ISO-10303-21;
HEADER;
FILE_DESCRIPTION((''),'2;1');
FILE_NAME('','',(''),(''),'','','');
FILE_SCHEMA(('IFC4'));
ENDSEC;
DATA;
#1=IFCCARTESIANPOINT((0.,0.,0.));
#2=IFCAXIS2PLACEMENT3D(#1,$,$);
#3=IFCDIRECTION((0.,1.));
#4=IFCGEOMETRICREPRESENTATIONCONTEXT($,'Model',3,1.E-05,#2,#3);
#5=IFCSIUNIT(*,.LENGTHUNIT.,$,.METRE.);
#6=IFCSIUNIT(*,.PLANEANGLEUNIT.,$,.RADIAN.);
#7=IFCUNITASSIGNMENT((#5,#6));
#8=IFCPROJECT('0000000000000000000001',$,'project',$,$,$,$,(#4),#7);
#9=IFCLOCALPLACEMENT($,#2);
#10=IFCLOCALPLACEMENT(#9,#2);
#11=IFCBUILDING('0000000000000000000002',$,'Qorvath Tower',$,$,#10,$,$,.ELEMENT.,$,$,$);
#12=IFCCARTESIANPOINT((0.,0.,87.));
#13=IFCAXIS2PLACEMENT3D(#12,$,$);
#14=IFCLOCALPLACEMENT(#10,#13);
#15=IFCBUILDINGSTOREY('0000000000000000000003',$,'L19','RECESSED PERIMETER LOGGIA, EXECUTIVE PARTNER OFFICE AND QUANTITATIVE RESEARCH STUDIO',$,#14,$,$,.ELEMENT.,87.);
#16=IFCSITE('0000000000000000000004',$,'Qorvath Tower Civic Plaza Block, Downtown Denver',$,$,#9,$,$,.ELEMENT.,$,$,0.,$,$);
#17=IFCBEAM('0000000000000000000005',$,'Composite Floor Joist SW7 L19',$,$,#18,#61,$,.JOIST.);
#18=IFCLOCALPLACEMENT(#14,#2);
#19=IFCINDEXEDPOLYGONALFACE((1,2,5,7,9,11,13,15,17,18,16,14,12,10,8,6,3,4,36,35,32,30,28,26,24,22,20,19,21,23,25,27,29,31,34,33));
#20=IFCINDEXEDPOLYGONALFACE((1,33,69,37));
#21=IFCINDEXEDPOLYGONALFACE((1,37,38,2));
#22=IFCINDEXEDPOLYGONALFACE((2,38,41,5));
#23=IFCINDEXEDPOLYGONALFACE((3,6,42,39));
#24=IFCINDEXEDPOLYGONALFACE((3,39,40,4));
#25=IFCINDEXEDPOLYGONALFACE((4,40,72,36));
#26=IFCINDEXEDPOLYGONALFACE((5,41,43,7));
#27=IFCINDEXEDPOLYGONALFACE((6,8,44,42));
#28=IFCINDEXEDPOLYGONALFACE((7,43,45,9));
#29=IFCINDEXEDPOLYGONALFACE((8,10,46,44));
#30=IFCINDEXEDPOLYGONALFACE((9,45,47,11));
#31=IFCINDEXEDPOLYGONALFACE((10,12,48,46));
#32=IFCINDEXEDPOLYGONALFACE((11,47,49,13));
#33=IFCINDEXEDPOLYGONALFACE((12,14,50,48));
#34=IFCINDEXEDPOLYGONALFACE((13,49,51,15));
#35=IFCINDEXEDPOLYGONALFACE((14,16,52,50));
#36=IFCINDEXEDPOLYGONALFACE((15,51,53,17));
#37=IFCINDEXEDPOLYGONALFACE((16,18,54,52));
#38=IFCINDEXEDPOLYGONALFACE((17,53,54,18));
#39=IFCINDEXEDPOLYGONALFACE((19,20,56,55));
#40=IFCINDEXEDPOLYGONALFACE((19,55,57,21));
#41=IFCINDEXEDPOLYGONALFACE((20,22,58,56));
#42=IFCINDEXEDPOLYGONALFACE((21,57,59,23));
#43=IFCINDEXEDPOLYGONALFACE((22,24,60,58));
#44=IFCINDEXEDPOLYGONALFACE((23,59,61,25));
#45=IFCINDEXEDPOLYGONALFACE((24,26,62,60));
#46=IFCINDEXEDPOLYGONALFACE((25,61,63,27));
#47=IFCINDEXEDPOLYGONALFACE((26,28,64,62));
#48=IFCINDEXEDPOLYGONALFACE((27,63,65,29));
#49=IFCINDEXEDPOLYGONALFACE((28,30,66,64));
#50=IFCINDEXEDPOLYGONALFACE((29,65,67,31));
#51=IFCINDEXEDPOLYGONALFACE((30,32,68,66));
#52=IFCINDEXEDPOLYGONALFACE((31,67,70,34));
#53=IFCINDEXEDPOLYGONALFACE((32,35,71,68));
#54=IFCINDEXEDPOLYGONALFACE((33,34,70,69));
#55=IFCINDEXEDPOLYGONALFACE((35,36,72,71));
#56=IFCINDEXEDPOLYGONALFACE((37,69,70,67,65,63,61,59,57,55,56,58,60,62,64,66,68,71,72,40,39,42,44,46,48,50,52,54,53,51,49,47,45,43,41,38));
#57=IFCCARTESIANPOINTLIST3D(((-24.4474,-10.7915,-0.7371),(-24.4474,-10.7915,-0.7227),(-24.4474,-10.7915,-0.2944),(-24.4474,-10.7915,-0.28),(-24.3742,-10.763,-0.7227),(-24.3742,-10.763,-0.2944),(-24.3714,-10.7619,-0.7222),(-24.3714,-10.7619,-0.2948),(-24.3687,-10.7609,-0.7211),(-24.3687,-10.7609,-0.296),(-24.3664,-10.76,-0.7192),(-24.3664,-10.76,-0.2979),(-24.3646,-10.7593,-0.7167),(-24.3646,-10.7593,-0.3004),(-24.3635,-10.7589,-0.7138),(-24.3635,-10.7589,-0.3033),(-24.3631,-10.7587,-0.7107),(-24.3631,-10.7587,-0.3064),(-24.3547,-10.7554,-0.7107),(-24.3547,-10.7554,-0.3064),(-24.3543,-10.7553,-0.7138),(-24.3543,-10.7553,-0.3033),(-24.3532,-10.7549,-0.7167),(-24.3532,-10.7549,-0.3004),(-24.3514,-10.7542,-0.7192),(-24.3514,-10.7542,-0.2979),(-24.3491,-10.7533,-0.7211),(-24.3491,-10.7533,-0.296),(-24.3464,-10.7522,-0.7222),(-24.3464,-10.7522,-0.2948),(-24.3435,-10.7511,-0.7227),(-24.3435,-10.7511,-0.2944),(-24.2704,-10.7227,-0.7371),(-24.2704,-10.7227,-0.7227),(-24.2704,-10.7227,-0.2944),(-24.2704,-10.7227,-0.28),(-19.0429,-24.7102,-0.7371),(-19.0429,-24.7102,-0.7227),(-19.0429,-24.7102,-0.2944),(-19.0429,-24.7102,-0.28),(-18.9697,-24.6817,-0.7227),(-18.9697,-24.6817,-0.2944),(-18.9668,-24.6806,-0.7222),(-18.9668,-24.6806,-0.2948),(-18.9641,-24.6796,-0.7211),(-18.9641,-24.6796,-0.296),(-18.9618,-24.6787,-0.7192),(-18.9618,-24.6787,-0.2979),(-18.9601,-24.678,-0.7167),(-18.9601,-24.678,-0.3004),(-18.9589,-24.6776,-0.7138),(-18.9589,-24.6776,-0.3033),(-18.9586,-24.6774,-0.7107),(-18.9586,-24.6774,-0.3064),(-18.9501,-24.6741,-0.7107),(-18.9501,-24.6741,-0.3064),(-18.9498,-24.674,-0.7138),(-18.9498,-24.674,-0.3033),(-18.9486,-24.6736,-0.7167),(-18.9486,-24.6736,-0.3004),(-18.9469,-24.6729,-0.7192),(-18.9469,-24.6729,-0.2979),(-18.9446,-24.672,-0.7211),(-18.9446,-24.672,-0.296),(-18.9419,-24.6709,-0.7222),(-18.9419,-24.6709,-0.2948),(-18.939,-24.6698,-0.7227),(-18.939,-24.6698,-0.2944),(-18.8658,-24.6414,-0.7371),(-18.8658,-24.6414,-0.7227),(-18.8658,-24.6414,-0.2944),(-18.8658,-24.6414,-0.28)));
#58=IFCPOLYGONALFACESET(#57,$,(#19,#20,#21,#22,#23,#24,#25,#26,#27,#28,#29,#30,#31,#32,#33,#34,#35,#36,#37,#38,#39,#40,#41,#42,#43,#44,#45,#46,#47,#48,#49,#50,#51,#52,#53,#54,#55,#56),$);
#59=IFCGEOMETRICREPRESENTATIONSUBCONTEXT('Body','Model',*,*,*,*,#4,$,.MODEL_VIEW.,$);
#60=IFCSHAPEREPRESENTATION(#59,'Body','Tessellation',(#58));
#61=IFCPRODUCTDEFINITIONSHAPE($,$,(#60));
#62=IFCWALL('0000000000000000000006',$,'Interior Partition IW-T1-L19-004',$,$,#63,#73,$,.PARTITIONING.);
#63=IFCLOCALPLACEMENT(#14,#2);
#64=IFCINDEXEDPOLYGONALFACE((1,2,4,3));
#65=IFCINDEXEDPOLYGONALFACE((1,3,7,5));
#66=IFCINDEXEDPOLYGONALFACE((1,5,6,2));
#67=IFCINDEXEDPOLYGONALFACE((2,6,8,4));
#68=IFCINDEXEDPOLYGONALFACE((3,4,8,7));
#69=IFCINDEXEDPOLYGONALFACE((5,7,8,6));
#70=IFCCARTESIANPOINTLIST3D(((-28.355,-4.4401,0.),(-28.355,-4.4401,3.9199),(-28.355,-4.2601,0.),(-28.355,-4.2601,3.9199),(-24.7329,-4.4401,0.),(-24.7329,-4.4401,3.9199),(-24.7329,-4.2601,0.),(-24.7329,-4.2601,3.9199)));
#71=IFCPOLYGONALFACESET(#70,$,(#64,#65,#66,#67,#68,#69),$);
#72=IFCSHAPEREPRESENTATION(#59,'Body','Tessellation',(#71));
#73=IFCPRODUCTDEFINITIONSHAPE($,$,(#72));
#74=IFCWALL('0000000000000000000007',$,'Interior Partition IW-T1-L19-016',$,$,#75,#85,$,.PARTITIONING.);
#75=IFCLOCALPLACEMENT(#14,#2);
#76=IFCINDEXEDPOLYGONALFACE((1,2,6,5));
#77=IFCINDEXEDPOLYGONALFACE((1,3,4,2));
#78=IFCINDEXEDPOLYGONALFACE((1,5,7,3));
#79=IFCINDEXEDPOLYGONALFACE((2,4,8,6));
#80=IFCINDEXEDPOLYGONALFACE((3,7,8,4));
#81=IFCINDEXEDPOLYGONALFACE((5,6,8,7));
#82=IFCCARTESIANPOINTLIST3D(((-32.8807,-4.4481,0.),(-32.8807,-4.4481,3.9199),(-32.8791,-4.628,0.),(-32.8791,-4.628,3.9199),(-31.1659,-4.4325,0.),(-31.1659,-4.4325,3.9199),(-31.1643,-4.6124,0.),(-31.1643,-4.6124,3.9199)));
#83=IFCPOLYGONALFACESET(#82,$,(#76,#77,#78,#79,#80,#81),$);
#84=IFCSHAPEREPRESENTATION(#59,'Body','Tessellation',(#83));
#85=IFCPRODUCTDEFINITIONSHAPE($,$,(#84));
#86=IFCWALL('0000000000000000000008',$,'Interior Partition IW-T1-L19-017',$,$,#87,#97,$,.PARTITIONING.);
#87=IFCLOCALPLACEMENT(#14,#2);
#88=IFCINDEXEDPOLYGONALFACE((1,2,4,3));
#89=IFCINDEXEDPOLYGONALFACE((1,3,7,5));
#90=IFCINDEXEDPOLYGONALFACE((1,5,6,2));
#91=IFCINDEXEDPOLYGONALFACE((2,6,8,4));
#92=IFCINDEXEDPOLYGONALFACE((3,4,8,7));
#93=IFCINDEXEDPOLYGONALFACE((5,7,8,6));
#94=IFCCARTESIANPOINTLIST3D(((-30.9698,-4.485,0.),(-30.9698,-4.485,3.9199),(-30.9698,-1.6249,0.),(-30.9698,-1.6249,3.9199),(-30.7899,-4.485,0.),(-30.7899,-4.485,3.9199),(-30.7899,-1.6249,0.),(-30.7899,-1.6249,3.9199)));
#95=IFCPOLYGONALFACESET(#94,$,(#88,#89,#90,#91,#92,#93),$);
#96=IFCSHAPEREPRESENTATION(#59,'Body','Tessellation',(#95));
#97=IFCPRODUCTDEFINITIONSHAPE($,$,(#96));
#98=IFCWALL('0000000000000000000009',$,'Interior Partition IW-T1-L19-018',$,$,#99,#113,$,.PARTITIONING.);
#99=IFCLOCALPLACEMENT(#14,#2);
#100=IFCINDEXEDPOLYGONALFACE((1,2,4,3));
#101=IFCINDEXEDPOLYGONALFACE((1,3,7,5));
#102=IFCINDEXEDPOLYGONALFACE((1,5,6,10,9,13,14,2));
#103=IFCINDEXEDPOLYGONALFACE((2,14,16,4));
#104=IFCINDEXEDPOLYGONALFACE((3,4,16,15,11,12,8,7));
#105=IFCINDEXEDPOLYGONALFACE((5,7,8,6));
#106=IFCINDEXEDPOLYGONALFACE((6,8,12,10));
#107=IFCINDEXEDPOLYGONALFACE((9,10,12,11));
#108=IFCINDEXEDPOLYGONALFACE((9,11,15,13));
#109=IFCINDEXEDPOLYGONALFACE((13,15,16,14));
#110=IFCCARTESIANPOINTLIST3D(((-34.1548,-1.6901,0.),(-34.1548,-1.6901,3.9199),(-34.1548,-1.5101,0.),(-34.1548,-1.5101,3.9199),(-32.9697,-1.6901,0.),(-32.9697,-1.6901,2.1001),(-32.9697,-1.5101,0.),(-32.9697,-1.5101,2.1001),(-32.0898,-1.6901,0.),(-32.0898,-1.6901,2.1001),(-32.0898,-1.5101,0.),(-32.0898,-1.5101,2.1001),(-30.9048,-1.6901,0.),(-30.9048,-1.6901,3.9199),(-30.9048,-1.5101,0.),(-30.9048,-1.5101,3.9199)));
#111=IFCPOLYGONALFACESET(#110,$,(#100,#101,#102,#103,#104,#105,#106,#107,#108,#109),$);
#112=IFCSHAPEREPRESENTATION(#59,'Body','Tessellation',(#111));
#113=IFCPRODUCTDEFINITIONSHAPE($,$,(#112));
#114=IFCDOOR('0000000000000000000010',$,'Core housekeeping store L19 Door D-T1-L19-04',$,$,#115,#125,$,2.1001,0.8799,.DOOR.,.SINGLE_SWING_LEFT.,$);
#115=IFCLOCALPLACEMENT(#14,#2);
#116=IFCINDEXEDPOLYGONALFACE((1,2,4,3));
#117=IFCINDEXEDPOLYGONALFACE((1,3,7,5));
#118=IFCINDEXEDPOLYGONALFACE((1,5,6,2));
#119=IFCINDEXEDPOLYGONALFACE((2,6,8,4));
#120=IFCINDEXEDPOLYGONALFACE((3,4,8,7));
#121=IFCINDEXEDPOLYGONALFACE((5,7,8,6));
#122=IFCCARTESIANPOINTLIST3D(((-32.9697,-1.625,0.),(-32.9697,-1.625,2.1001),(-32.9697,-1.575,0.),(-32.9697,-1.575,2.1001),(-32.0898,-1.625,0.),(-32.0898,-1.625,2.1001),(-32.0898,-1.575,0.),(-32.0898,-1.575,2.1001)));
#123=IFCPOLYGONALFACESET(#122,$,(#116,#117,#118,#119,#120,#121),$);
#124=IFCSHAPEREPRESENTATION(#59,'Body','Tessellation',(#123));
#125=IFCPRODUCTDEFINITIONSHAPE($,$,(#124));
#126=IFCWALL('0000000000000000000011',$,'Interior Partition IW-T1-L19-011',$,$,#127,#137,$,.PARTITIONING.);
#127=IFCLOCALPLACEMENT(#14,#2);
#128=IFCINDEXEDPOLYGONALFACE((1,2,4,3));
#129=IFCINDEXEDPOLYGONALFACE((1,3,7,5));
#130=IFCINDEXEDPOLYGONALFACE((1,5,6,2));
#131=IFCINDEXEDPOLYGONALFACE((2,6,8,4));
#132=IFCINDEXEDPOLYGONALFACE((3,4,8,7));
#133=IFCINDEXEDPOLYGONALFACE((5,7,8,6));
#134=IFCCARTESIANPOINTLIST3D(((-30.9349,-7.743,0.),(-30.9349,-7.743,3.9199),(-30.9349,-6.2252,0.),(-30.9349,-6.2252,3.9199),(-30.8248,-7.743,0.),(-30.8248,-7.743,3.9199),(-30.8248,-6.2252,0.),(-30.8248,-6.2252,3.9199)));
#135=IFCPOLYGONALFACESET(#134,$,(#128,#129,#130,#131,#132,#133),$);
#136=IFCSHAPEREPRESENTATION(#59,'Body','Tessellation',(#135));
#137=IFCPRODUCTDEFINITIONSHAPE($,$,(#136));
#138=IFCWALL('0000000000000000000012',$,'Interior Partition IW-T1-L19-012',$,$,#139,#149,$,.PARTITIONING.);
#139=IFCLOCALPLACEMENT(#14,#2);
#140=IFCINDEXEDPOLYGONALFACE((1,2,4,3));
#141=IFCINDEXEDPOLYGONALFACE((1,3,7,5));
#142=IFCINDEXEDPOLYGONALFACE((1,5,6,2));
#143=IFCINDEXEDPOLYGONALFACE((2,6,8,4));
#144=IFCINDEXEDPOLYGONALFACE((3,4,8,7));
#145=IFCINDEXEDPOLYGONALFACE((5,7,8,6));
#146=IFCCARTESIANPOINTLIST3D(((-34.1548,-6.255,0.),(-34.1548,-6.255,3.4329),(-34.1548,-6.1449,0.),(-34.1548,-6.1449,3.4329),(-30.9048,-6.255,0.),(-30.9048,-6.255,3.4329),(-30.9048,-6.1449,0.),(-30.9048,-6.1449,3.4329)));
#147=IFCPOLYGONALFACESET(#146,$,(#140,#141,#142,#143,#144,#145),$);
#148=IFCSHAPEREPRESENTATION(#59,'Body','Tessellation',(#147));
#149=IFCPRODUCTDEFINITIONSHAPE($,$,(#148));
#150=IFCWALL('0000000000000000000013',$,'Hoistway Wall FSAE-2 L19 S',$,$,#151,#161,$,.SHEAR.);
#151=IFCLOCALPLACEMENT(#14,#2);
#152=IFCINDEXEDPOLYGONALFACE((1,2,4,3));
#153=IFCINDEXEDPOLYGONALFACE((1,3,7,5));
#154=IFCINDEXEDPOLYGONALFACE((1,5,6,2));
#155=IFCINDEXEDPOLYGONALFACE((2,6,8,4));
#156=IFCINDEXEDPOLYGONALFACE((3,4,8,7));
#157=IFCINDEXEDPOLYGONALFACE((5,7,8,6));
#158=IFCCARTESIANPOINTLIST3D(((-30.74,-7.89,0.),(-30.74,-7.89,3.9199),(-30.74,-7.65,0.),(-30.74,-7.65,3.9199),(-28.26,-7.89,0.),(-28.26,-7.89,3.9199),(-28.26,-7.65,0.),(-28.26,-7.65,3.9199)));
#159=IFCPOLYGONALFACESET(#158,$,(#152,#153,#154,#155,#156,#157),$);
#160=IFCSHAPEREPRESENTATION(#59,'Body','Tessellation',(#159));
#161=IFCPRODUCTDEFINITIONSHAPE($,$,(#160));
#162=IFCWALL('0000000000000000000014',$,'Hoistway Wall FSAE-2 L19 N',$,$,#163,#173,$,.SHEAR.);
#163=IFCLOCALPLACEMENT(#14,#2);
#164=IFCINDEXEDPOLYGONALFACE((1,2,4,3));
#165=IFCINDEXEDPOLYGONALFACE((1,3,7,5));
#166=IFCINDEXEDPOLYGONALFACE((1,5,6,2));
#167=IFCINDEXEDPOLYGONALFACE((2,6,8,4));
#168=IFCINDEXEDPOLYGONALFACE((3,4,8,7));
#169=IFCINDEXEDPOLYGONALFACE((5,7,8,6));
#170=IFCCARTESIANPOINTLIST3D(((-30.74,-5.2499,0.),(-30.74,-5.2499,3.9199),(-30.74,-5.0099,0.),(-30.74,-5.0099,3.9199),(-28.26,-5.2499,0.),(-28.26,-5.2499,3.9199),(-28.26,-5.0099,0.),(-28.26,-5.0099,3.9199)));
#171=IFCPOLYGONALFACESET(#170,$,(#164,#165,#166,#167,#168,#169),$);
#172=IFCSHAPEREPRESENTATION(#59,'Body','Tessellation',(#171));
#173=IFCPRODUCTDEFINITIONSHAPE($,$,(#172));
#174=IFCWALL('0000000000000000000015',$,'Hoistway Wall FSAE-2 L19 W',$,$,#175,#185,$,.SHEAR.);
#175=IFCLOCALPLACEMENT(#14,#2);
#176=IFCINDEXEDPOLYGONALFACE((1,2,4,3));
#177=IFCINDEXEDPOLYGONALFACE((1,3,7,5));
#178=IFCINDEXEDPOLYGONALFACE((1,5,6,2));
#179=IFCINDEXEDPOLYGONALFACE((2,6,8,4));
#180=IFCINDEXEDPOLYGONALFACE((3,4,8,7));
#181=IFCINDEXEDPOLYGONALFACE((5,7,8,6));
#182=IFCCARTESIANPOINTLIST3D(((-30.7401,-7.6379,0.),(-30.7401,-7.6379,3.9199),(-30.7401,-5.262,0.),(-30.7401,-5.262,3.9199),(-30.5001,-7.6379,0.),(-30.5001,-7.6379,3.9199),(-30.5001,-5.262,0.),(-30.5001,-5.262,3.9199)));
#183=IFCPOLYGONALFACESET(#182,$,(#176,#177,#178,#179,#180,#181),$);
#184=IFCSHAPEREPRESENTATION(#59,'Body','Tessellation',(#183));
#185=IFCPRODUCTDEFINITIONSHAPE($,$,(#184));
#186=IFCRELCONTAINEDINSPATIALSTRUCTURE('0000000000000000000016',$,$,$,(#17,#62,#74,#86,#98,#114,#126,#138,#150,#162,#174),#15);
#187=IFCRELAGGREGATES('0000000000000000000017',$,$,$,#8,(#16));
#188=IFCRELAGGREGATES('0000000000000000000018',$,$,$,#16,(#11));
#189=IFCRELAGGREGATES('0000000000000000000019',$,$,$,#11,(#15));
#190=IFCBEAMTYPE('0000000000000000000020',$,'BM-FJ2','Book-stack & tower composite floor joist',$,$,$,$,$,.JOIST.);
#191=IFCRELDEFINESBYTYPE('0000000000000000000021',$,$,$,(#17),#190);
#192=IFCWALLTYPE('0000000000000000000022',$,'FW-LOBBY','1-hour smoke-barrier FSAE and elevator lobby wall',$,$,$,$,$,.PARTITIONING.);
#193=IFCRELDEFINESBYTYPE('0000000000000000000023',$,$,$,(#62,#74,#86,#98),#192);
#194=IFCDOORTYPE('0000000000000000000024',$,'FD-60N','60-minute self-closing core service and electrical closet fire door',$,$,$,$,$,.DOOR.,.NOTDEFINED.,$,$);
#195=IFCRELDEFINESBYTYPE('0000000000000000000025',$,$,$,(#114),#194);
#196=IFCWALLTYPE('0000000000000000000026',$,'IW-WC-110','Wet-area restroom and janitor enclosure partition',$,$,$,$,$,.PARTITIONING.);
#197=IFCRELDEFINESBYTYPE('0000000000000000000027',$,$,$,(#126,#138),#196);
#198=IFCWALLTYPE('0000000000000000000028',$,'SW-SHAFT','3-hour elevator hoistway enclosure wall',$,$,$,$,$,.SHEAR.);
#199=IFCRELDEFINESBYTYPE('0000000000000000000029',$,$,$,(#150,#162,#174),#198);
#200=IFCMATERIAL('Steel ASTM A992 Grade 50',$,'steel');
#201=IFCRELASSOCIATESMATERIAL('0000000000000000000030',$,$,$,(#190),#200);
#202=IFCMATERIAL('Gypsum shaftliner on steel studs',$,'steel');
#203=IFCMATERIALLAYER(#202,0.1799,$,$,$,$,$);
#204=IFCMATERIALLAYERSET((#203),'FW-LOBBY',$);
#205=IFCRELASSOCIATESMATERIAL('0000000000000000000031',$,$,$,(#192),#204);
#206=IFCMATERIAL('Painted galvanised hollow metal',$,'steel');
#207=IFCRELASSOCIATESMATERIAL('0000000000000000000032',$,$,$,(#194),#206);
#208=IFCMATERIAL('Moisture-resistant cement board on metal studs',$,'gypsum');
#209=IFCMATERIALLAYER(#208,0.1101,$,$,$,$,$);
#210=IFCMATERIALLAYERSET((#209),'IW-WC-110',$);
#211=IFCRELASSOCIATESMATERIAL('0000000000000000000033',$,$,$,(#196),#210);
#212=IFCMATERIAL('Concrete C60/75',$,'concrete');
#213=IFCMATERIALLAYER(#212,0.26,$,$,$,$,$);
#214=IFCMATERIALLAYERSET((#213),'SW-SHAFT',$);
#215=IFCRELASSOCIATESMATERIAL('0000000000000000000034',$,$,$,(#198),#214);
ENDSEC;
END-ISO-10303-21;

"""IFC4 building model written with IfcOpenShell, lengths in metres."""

from ifc_helpers import new_model, si_unit, direction, frame, frame_2d, origin, origin_2d, place, context, subcontext, project, spatial, rectangle, i_section, extrude, material, layer, layer_set, material_profile, profile_set, type_object, element, fill, save


model = new_model("IFC4")

# Units and contexts
model_context = context("Model", 3, precision=1e-05, world=origin(), true_north=direction((0.0, 1.0)))
body_context = subcontext(model_context, "Body", "Model", "MODEL_VIEW")
ifc_project = project(units=[si_unit("LENGTHUNIT", "METRE"), si_unit("PLANEANGLEUNIT", "RADIAN")], contexts=[model_context])

# Site, building, storey
site_placement = place(None, origin())
site = spatial("IfcSite", under=ifc_project, at=site_placement, Name="Qorvath Tower Civic Plaza Block, Downtown Denver", CompositionType="ELEMENT", RefElevation=0.0)
building_placement = place(site_placement, origin())
building = spatial("IfcBuilding", under=site, at=building_placement, Name="Qorvath Tower", CompositionType="ELEMENT")
storey_placement = place(building_placement, frame((0.0, 0.0, 87.0)))
storey = spatial("IfcBuildingStorey", under=building, at=storey_placement, Name="L19", Description="RECESSED PERIMETER LOGGIA, EXECUTIVE PARTNER OFFICE AND QUANTITATIVE RESEARCH STUDIO", CompositionType="ELEMENT", Elevation=87.0)

# Beam
ifc_material_1 = material(Name="Steel ASTM A992 Grade 50", Category="steel")
ifc_material_profile_1 = material_profile(ifc_material_1, i_section(OverallWidth=0.1899, OverallDepth=0.457, WebThickness=0.009, FlangeThickness=0.0144, FilletRadius=0.012, at=origin_2d()), Name="W18x50")
ifc_profile_set_1 = profile_set([ifc_material_profile_1], Name="Steel ASTM A992 Grade 50")
beam_type_1 = type_object("IfcBeamType", Name="BM-FJ2", Description="Book-stack & tower composite floor joist", PredefinedType="JOIST", material=ifc_profile_set_1)
beam_1_placement = place(storey_placement, frame((-24.3589, -10.7571, -0.5085), z_axis=(0.361964, -0.932192, 0.0), x_axis=(0.932192, 0.361964, 0.0)))
element("IfcBeam", 1, at=beam_1_placement, inside=storey, type_object=beam_type_1, Name="Composite Floor Joist SW7 L19", PredefinedType="JOIST", context=body_context, shape_type="SweptSolid", body=[
    extrude(i_section(OverallWidth=0.1899, OverallDepth=0.457, WebThickness=0.009, FlangeThickness=0.0144, FilletRadius=0.012, at=origin_2d()), origin(), (0.0, 0.0, 1.0), 14.9312),
])

# Shared definitions
ifc_material_2 = material(Name="Gypsum shaftliner on steel studs", Category="steel")
ifc_layer_1 = layer(ifc_material_2, 0.1799)
ifc_layer_set_1 = layer_set([ifc_layer_1], Name="FW-LOBBY")
wall_type_1 = type_object("IfcWallType", Name="FW-LOBBY", Description="1-hour smoke-barrier FSAE and elevator lobby wall", PredefinedType="PARTITIONING", material=ifc_layer_set_1)

# Walls
wall_1_placement = place(storey_placement, frame((-24.7329, -4.3501, 0.0), z_axis=(0.0, 0.0, 1.0), x_axis=(-1.0, 0.0, 0.0)))
element("IfcWall", 2, at=wall_1_placement, inside=storey, type_object=wall_type_1, Name="Interior Partition IW-T1-L19-004", PredefinedType="PARTITIONING", context=body_context, shape_type="SweptSolid", body=[
    extrude(rectangle(XDim=3.6221, YDim=0.1799, at=frame_2d((1.811, 0.0))), origin(), (0.0, 0.0, 1.0), 3.9199),
])
wall_2_placement = place(storey_placement, frame((-32.8799, -4.5381, 0.0), z_axis=(0.0, 0.0, 1.0), x_axis=(0.999958, 0.009111, 0.0)))
element("IfcWall", 3, at=wall_2_placement, inside=storey, type_object=wall_type_1, Name="Interior Partition IW-T1-L19-016", PredefinedType="PARTITIONING", context=body_context, shape_type="SweptSolid", body=[
    extrude(rectangle(XDim=1.7148, YDim=0.1799, at=frame_2d((0.8574, 0.0))), origin(), (0.0, 0.0, 1.0), 3.9199),
])
wall_3_placement = place(storey_placement, frame((-30.8799, -4.4851, 0.0), z_axis=(0.0, 0.0, 1.0), x_axis=(0.0, 1.0, 0.0)))
element("IfcWall", 4, at=wall_3_placement, inside=storey, type_object=wall_type_1, Name="Interior Partition IW-T1-L19-017", PredefinedType="PARTITIONING", context=body_context, shape_type="SweptSolid", body=[
    extrude(rectangle(XDim=2.8601, YDim=0.1799, at=frame_2d((1.4302, 0.0))), origin(), (0.0, 0.0, 1.0), 3.9199),
])

# Wall, opening, door
wall_4_placement = place(storey_placement, frame((-30.9048, -1.6001, 0.0), z_axis=(0.0, 0.0, 1.0), x_axis=(-1.0, 0.0, 0.0)))
wall_4 = element("IfcWall", 5, at=wall_4_placement, inside=storey, type_object=wall_type_1, Name="Interior Partition IW-T1-L19-018", PredefinedType="PARTITIONING", context=body_context, shape_type="SweptSolid", body=[
    extrude(rectangle(XDim=3.25, YDim=0.1799, at=frame_2d((1.625, 0.0))), origin(), (0.0, 0.0, 1.0), 3.9199),
])
opening_1_placement = place(wall_4_placement, frame((1.1851, 0.0, 0.0)))
opening_1 = element("IfcOpeningElement", 6, at=opening_1_placement, cuts=wall_4, PredefinedType="OPENING", context=body_context, shape_type="SweptSolid", body=[
    extrude(rectangle(XDim=0.8799, YDim=2.1001, at=frame_2d((0.4399, 1.05))), frame((0.0, 0.1001, 0.0), z_axis=(0.0, -1.0, 0.0), x_axis=(1.0, 0.0, 0.0)), (0.0, 0.0, 1.0), 0.2),
])
ifc_material_3 = material(Name="Painted galvanised hollow metal", Category="steel")
door_type_1 = type_object("IfcDoorType", Name="FD-60N", Description="60-minute self-closing core service and electrical closet fire door", OperationType="NOTDEFINED", PredefinedType="DOOR", material=ifc_material_3)
door_1_placement = place(opening_1_placement, origin())
door_1 = element("IfcDoor", 7, at=door_1_placement, inside=storey, type_object=door_type_1, Name="Core housekeeping store L19 Door D-T1-L19-04", OperationType="SINGLE_SWING_LEFT", OverallHeight=2.1001, OverallWidth=0.8799, PredefinedType="DOOR", context=body_context, shape_type="SweptSolid", body=[
    extrude(rectangle(XDim=0.8799, YDim=2.1001, at=frame_2d((0.4399, 1.05))), frame((0.0, 0.0249, 0.0), z_axis=(0.0, -1.0, 0.0), x_axis=(1.0, 0.0, 0.0)), (0.0, 0.0, 1.0), 0.05),
])
fill(opening_1, door_1)

# Walls
ifc_material_4 = material(Name="Moisture-resistant cement board on metal studs", Category="gypsum")
ifc_layer_2 = layer(ifc_material_4, 0.1101)
ifc_layer_set_2 = layer_set([ifc_layer_2], Name="IW-WC-110")
wall_type_2 = type_object("IfcWallType", Name="IW-WC-110", Description="Wet-area restroom and janitor enclosure partition", PredefinedType="PARTITIONING", material=ifc_layer_set_2)
wall_5_placement = place(storey_placement, frame((-30.8799, -7.7429, 0.0), z_axis=(0.0, 0.0, 1.0), x_axis=(0.0, 1.0, 0.0)))
element("IfcWall", 8, at=wall_5_placement, inside=storey, type_object=wall_type_2, Name="Interior Partition IW-T1-L19-011", PredefinedType="PARTITIONING", context=body_context, shape_type="SweptSolid", body=[
    extrude(rectangle(XDim=1.5178, YDim=0.1101, at=frame_2d((0.7588, 0.0))), origin(), (0.0, 0.0, 1.0), 3.9199),
])
wall_6_placement = place(storey_placement, frame((-30.9048, -6.2, 0.0), z_axis=(0.0, 0.0, 1.0), x_axis=(-1.0, 0.0, 0.0)))
element("IfcWall", 9, at=wall_6_placement, inside=storey, type_object=wall_type_2, Name="Interior Partition IW-T1-L19-012", PredefinedType="PARTITIONING", context=body_context, shape_type="SweptSolid", body=[
    extrude(rectangle(XDim=3.25, YDim=0.1101, at=frame_2d((1.625, 0.0))), origin(), (0.0, 0.0, 1.0), 3.4329),
])
ifc_material_5 = material(Name="Concrete C60/75", Category="concrete")
ifc_layer_3 = layer(ifc_material_5, 0.26)
ifc_layer_set_3 = layer_set([ifc_layer_3], Name="SW-SHAFT")
wall_type_3 = type_object("IfcWallType", Name="SW-SHAFT", Description="3-hour elevator hoistway enclosure wall", PredefinedType="SHEAR", material=ifc_layer_set_3)
for number, where, z_axis, x_axis, name in (
    (10, (-28.26, -7.77, 0.0), (0.0, 0.0, 1.0), (-1.0, 0.0, 0.0), "Hoistway Wall FSAE-2 L19 S"),
    (11, (-30.74, -5.1299, 0.0), (0.0, 0.0, 1.0), (1.0, 0.0, 0.0), "Hoistway Wall FSAE-2 L19 N"),
):
    element("IfcWall", number, at=place(storey_placement, frame(where, z_axis=z_axis, x_axis=x_axis)), inside=storey, type_object=wall_type_3, Name=name, PredefinedType="SHEAR", context=body_context, shape_type="SweptSolid", body=[
        extrude(rectangle(XDim=2.48, YDim=0.24, at=frame_2d((1.24, 0.0))), origin(), (0.0, 0.0, 1.0), 3.9199),
    ])
wall_7_placement = place(storey_placement, frame((-30.6201, -7.6379, 0.0), z_axis=(0.0, 0.0, 1.0), x_axis=(0.0, 1.0, 0.0)))
element("IfcWall", 12, at=wall_7_placement, inside=storey, type_object=wall_type_3, Name="Hoistway Wall FSAE-2 L19 W", PredefinedType="SHEAR", context=body_context, shape_type="SweptSolid", body=[
    extrude(rectangle(XDim=2.376, YDim=0.24, at=frame_2d((1.188, 0.0))), origin(), (0.0, 0.0, 1.0), 3.9199),
])

save(model, "model.ifc")
